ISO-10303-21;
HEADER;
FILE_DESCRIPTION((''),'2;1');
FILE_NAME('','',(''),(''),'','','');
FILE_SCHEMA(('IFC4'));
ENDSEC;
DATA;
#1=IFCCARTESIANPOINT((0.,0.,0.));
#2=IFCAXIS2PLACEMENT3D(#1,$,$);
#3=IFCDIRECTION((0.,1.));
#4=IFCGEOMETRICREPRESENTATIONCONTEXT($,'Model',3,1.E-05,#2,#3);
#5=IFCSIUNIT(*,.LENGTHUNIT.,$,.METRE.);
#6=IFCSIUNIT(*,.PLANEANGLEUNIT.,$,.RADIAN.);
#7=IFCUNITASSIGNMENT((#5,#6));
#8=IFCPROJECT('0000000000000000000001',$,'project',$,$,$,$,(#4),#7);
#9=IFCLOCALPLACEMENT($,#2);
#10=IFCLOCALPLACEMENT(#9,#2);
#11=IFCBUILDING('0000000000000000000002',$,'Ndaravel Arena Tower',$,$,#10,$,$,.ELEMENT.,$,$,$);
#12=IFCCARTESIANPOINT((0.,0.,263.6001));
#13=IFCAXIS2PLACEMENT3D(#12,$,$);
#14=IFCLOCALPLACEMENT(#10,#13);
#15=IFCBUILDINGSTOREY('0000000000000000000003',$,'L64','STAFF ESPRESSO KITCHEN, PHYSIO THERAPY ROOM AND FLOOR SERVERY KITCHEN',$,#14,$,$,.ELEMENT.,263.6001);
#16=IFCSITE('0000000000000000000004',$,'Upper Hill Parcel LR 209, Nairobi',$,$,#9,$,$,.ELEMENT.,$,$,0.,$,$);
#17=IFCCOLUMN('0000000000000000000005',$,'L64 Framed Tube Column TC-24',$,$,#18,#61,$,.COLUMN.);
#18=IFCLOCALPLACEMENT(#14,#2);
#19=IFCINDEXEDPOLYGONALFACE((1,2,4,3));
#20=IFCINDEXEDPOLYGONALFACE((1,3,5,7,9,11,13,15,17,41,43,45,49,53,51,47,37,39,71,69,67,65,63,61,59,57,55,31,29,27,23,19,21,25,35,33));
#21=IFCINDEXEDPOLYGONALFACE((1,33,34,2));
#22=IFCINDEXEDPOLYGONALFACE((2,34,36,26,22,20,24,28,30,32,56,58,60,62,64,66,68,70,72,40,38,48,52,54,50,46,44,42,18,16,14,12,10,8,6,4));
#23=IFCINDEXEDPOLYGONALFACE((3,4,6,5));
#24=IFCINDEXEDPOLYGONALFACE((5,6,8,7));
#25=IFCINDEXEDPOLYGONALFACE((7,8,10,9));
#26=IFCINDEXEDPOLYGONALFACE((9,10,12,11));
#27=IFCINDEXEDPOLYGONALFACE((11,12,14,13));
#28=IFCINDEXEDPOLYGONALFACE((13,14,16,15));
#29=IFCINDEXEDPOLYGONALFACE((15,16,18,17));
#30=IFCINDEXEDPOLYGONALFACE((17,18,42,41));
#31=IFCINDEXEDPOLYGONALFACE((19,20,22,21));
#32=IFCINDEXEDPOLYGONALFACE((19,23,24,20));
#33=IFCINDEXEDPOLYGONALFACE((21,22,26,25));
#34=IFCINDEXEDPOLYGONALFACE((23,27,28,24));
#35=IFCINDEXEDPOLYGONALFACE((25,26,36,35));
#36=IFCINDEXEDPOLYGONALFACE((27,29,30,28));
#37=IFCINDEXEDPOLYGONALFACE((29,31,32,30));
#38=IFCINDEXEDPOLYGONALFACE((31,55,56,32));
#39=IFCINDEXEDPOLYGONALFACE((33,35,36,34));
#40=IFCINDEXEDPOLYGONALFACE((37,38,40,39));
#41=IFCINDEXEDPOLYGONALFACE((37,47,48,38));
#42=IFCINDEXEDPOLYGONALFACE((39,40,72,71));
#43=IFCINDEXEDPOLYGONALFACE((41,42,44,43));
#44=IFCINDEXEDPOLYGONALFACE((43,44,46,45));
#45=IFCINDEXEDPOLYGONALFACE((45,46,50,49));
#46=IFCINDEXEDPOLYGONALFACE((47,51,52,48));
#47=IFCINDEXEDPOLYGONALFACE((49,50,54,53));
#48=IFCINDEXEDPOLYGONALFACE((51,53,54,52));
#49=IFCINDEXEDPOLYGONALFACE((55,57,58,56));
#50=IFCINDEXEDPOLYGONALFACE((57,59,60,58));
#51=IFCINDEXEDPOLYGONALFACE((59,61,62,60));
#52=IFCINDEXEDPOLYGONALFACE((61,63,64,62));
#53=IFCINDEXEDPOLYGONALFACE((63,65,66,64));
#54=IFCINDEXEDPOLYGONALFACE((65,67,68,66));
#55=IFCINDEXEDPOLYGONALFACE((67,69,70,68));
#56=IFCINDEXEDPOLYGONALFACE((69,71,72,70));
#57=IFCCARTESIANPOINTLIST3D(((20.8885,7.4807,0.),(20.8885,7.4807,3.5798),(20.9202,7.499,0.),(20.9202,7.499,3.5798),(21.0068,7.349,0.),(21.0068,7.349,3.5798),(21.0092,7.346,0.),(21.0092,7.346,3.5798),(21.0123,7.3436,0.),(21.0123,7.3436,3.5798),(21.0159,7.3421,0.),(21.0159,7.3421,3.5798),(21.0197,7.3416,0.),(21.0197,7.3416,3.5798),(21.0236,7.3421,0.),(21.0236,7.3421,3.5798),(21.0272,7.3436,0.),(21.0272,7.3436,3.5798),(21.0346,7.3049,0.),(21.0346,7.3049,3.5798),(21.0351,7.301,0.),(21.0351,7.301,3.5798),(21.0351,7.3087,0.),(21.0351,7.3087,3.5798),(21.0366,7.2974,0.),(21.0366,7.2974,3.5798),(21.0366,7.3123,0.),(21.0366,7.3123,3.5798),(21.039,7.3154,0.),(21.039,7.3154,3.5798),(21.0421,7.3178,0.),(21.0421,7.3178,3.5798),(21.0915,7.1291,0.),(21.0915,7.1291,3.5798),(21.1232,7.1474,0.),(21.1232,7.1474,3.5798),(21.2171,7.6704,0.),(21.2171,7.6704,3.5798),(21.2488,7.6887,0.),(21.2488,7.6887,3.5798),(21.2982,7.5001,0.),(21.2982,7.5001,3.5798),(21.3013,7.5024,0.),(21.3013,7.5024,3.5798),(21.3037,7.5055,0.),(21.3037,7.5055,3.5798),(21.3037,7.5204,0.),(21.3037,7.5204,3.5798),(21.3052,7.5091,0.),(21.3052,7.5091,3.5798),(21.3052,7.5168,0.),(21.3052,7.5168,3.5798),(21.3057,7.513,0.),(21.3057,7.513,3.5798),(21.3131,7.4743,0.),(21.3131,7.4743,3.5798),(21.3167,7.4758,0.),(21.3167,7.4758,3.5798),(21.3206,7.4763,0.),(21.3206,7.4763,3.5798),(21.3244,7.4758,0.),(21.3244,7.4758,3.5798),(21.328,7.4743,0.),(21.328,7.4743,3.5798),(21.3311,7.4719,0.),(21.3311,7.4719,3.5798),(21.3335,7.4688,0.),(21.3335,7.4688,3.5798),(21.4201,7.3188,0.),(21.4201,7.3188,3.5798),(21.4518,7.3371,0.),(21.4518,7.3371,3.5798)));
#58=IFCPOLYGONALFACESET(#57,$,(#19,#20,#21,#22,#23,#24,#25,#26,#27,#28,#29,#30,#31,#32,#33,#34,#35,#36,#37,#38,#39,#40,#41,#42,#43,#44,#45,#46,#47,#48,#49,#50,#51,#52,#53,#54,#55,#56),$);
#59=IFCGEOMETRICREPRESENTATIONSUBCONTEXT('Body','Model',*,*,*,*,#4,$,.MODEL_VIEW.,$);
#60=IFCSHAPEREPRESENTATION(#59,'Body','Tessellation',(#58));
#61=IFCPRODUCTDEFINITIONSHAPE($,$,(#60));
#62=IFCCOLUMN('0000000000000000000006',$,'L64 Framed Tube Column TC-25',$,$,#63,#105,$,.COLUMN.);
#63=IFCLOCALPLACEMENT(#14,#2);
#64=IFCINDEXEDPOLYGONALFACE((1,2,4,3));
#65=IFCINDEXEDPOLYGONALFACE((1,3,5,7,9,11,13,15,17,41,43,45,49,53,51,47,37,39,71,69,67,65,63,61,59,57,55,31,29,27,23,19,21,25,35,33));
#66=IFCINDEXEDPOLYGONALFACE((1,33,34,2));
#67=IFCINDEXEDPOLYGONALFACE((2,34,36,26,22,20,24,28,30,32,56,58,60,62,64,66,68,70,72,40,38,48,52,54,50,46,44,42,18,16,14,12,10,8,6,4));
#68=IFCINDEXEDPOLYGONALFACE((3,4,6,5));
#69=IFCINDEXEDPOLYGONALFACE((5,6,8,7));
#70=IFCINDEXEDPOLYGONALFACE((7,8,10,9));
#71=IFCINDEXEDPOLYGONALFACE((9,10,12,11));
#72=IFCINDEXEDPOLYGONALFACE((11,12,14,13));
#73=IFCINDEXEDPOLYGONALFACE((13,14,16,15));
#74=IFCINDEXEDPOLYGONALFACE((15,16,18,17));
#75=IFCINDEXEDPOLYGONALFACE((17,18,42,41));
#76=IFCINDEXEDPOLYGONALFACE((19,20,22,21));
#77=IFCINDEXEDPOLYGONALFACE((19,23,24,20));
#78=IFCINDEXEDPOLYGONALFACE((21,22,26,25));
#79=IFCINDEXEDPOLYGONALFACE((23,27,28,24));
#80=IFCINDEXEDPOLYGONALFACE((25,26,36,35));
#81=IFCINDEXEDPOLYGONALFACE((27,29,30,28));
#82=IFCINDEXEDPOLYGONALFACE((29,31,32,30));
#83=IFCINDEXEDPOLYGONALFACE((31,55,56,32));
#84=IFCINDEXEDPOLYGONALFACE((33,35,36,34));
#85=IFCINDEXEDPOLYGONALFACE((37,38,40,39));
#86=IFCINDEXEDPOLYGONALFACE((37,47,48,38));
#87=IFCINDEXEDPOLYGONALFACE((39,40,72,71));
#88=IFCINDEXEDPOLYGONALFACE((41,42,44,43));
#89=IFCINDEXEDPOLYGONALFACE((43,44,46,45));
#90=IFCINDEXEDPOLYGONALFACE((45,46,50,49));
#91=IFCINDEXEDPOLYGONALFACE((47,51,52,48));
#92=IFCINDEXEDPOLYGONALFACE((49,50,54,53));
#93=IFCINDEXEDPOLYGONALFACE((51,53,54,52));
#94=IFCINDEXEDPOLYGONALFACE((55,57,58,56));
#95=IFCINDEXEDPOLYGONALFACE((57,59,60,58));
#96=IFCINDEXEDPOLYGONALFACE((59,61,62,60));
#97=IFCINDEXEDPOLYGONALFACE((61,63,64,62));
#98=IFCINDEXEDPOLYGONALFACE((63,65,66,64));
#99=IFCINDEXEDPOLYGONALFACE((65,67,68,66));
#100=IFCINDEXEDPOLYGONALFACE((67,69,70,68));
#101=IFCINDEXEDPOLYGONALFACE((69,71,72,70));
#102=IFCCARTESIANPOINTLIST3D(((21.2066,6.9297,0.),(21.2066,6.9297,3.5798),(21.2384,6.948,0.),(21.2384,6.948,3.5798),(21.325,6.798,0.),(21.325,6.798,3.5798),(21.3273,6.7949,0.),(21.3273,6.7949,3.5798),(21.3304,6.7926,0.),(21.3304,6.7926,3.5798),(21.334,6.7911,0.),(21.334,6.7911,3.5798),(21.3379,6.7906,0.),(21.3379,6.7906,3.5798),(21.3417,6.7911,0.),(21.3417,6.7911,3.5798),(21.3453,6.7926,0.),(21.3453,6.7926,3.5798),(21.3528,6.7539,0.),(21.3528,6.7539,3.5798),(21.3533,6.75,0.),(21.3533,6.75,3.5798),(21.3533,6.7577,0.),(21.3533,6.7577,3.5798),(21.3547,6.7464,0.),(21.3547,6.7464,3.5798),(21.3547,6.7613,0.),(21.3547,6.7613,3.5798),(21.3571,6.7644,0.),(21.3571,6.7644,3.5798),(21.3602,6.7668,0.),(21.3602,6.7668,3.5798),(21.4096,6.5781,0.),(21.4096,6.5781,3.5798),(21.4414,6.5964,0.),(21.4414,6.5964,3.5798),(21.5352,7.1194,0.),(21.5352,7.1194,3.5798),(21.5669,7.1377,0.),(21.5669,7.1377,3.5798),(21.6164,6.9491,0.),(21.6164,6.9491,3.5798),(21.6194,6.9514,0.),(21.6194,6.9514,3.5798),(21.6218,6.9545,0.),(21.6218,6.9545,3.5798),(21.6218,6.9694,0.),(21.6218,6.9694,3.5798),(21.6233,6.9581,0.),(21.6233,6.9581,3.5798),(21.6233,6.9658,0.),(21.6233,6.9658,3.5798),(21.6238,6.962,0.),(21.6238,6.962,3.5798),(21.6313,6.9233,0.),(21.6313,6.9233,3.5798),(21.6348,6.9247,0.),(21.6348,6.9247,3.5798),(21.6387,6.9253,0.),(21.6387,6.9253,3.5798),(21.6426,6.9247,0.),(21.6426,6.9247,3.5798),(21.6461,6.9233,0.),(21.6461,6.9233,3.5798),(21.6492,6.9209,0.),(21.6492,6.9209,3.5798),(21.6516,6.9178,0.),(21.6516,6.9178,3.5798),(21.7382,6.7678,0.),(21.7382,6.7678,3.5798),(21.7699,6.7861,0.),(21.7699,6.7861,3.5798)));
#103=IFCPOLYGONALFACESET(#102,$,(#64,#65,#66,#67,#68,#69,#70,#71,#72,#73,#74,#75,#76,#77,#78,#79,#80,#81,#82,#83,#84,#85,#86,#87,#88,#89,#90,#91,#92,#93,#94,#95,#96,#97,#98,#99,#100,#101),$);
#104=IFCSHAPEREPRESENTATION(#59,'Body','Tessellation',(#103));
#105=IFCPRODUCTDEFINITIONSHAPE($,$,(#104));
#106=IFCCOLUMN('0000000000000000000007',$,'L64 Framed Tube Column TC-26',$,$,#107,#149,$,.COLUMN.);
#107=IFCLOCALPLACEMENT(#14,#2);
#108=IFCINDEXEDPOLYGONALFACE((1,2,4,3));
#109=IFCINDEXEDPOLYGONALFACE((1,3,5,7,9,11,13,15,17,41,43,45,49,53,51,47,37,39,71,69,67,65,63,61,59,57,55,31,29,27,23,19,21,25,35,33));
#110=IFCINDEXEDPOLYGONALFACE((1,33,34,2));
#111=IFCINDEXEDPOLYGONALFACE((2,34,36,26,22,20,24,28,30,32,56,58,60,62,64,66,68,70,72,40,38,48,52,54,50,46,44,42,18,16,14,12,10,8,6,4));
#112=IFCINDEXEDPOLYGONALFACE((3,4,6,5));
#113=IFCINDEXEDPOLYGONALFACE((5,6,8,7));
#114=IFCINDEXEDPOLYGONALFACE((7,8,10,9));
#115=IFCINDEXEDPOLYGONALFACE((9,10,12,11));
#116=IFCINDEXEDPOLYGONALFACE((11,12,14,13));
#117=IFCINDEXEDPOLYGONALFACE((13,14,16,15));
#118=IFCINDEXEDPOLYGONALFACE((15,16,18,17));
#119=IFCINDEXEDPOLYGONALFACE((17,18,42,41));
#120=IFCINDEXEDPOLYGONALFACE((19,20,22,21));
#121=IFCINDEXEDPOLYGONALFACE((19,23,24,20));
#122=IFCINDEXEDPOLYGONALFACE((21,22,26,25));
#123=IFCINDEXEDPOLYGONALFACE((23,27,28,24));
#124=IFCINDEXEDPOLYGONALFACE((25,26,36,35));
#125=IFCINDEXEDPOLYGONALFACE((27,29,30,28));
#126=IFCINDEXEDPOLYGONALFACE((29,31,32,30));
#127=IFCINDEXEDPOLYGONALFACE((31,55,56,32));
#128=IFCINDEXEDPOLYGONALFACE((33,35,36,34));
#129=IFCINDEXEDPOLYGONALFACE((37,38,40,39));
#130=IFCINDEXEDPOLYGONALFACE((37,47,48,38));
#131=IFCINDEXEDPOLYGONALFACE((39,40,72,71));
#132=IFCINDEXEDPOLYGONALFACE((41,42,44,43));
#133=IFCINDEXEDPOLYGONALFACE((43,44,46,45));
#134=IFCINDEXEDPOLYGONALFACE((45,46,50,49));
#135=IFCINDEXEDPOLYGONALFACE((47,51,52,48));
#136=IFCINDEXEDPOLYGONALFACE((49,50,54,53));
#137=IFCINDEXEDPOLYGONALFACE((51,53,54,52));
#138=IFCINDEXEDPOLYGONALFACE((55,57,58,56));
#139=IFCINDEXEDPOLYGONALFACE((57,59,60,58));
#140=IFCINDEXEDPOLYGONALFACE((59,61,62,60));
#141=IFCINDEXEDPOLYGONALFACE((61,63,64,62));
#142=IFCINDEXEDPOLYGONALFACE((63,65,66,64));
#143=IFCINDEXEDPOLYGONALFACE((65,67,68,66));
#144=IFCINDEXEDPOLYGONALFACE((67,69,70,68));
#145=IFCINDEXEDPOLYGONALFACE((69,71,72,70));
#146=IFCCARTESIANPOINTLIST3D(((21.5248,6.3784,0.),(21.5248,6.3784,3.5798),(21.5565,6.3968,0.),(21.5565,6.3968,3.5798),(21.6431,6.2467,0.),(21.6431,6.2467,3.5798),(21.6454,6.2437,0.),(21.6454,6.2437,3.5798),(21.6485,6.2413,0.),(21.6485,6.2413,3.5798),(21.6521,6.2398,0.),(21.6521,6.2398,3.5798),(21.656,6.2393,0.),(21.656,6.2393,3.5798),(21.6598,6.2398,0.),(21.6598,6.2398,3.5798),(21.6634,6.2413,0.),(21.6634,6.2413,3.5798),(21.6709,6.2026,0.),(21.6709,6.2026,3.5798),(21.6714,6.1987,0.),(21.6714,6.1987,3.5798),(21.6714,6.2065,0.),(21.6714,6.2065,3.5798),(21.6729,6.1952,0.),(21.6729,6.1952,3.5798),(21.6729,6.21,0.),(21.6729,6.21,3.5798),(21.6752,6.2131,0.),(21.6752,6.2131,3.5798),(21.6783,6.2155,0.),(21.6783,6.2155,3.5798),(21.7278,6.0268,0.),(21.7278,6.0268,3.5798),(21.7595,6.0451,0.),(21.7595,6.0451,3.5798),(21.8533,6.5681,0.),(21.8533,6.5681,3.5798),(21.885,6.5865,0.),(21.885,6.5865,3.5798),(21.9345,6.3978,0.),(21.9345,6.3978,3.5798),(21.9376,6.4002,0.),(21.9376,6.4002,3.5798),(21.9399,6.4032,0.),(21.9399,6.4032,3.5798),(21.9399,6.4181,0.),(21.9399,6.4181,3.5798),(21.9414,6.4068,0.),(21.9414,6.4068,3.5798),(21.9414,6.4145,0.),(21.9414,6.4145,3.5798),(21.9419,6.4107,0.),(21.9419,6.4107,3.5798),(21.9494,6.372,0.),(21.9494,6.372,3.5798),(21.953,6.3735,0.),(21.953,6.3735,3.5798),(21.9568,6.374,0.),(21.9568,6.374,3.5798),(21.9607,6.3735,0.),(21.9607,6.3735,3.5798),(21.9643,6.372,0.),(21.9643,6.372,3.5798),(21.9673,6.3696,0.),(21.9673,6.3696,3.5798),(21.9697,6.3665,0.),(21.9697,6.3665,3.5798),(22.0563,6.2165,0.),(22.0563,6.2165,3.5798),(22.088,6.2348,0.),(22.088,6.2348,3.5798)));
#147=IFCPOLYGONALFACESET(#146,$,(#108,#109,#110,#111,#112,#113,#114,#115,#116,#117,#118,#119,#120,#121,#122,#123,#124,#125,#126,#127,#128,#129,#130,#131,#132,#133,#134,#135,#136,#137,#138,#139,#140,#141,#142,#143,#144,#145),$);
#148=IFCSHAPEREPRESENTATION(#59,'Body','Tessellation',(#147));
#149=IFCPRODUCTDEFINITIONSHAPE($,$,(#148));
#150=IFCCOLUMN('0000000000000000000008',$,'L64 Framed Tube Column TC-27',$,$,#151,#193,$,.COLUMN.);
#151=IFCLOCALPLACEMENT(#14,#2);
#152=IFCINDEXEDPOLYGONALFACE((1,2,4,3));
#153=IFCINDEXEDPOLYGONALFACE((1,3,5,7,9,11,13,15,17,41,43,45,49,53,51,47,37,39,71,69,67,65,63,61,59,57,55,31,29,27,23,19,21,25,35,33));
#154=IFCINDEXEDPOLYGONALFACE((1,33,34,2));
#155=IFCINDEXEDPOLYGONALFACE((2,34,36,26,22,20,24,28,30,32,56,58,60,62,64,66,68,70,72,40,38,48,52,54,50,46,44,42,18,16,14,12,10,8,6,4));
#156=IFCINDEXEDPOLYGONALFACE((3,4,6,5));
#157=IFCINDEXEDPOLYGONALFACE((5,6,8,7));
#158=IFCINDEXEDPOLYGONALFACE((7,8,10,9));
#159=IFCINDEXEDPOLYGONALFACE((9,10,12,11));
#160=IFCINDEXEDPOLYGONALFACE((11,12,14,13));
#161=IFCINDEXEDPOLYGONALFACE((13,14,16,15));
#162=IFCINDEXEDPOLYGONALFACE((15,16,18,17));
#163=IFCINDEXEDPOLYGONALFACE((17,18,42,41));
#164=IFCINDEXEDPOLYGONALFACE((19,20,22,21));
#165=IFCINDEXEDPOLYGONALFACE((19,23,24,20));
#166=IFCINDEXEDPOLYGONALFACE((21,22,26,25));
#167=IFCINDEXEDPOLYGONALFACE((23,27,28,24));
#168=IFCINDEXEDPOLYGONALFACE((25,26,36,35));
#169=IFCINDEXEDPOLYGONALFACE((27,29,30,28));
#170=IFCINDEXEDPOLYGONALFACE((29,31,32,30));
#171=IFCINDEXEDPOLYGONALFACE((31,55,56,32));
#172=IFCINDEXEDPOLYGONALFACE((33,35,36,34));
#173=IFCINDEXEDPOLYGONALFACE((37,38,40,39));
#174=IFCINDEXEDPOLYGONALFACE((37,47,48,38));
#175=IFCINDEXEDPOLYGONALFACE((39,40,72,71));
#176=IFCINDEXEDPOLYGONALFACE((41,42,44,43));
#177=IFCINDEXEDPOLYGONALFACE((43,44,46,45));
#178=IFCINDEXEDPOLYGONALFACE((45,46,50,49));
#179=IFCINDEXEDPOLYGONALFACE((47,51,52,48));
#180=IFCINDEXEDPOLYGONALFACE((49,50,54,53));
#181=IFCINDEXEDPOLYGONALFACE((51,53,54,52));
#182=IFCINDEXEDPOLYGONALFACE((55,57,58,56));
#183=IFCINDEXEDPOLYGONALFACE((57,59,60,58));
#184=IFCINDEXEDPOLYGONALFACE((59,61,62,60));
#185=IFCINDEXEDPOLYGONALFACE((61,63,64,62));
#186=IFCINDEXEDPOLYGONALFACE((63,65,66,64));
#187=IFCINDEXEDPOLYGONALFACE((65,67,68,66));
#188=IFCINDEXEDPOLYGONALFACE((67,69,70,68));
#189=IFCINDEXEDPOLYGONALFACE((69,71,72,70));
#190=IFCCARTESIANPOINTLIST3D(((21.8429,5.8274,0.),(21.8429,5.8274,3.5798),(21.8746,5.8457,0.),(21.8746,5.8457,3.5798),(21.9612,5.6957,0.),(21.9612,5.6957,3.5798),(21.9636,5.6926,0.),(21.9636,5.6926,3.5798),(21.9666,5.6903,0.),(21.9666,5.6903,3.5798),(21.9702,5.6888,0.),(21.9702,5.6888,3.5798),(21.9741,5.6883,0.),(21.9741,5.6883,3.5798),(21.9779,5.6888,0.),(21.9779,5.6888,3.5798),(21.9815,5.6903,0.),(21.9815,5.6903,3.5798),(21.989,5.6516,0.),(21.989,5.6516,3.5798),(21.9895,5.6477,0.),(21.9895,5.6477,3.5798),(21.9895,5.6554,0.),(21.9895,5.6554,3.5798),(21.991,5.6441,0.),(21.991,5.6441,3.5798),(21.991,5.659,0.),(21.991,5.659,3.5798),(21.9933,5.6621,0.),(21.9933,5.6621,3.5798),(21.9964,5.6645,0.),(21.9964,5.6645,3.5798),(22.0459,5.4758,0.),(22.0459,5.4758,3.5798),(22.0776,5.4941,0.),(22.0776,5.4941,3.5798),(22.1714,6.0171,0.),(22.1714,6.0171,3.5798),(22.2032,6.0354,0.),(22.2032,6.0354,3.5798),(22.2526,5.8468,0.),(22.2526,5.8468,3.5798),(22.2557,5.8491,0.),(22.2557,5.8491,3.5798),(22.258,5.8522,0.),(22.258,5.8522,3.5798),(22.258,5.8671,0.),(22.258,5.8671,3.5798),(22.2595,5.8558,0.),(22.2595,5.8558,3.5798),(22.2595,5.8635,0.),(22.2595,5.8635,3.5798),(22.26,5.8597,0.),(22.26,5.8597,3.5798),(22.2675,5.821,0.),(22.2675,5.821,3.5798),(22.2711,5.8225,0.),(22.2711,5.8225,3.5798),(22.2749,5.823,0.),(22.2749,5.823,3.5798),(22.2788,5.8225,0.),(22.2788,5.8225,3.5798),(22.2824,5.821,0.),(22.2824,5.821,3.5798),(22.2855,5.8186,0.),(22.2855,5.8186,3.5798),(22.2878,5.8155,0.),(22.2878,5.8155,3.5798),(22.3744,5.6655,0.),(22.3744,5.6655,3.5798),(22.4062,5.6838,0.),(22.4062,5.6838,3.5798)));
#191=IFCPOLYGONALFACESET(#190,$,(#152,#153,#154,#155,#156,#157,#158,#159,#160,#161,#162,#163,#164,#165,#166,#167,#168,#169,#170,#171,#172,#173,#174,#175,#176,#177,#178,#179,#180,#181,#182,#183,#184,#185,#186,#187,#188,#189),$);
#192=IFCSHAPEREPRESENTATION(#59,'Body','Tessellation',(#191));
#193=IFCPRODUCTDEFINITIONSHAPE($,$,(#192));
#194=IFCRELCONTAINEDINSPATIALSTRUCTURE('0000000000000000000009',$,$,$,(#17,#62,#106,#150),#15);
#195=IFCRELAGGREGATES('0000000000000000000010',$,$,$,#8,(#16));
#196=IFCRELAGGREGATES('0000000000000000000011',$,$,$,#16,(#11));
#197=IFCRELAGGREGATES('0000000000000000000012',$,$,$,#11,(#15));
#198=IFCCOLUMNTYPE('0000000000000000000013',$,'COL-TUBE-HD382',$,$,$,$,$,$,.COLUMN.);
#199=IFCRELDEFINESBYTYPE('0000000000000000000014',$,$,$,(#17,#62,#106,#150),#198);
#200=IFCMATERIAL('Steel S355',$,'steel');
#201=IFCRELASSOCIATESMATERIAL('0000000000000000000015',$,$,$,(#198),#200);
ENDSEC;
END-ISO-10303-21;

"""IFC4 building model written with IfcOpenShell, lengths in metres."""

from ifc_helpers import new_model, si_unit, direction, frame, origin, origin_2d, place, context, subcontext, project, spatial, i_section, extrude, material, material_profile, profile_set, type_object, element, save


model = new_model("IFC4")

# Units and contexts
model_context = context("Model", 3, precision=1e-05, world=origin(), true_north=direction((0.0, 1.0)))
body_context = subcontext(model_context, "Body", "Model", "MODEL_VIEW")
ifc_project = project(units=[si_unit("LENGTHUNIT", "METRE"), si_unit("PLANEANGLEUNIT", "RADIAN")], contexts=[model_context])

# Site, building, storey
site_placement = place(None, origin())
site = spatial("IfcSite", under=ifc_project, at=site_placement, Name="Upper Hill Parcel LR 209, Nairobi", CompositionType="ELEMENT", RefElevation=0.0)
building_placement = place(site_placement, origin())
building = spatial("IfcBuilding", under=site, at=building_placement, Name="Ndaravel Arena Tower", CompositionType="ELEMENT")
storey_placement = place(building_placement, frame((0.0, 0.0, 263.6001)))
storey = spatial("IfcBuildingStorey", under=building, at=storey_placement, Name="L64", Description="STAFF ESPRESSO KITCHEN, PHYSIO THERAPY ROOM AND FLOOR SERVERY KITCHEN", CompositionType="ELEMENT", Elevation=263.6001)

# Columns
ifc_material_1 = material(Name="Steel S355", Category="steel")
ifc_material_profile_1 = material_profile(ifc_material_1, i_section(OverallWidth=0.406, OverallDepth=0.416, WebThickness=0.0298, FlangeThickness=0.0366, FilletRadius=0.0149, at=origin_2d()), Name="HD 400x382")
ifc_profile_set_1 = profile_set([ifc_material_profile_1], Name="Steel S355")
column_type = type_object("IfcColumnType", Name="COL-TUBE-HD382", PredefinedType="COLUMN", material=ifc_profile_set_1)
for number, where, z_axis, x_axis, name in (
    (1, (21.1702, 7.4089, 0.0), (0.0, 0.0, 1.0), (-0.5, 0.866025, 0.0), "L64 Framed Tube Column TC-24"),
    (2, (21.4883, 6.8579, 0.0), (0.0, 0.0, 1.0), (-0.5, 0.866025, 0.0), "L64 Framed Tube Column TC-25"),
    (3, (21.8064, 6.3066, 0.0), (0.0, 0.0, 1.0), (-0.5, 0.866025, 0.0), "L64 Framed Tube Column TC-26"),
    (4, (22.1245, 5.7556, 0.0), (0.0, 0.0, 1.0), (-0.5, 0.866025, 0.0), "L64 Framed Tube Column TC-27"),
):
    element("IfcColumn", number, at=place(storey_placement, frame(where, z_axis=z_axis, x_axis=x_axis)), inside=storey, type_object=column_type, Name=name, PredefinedType="COLUMN", context=body_context, shape_type="SweptSolid", body=[
        extrude(i_section(OverallWidth=0.406, OverallDepth=0.416, WebThickness=0.0298, FlangeThickness=0.0366, FilletRadius=0.0149, at=origin_2d()), origin(), (0.0, 0.0, 1.0), 3.5798),
    ])

save(model, "model.ifc")
